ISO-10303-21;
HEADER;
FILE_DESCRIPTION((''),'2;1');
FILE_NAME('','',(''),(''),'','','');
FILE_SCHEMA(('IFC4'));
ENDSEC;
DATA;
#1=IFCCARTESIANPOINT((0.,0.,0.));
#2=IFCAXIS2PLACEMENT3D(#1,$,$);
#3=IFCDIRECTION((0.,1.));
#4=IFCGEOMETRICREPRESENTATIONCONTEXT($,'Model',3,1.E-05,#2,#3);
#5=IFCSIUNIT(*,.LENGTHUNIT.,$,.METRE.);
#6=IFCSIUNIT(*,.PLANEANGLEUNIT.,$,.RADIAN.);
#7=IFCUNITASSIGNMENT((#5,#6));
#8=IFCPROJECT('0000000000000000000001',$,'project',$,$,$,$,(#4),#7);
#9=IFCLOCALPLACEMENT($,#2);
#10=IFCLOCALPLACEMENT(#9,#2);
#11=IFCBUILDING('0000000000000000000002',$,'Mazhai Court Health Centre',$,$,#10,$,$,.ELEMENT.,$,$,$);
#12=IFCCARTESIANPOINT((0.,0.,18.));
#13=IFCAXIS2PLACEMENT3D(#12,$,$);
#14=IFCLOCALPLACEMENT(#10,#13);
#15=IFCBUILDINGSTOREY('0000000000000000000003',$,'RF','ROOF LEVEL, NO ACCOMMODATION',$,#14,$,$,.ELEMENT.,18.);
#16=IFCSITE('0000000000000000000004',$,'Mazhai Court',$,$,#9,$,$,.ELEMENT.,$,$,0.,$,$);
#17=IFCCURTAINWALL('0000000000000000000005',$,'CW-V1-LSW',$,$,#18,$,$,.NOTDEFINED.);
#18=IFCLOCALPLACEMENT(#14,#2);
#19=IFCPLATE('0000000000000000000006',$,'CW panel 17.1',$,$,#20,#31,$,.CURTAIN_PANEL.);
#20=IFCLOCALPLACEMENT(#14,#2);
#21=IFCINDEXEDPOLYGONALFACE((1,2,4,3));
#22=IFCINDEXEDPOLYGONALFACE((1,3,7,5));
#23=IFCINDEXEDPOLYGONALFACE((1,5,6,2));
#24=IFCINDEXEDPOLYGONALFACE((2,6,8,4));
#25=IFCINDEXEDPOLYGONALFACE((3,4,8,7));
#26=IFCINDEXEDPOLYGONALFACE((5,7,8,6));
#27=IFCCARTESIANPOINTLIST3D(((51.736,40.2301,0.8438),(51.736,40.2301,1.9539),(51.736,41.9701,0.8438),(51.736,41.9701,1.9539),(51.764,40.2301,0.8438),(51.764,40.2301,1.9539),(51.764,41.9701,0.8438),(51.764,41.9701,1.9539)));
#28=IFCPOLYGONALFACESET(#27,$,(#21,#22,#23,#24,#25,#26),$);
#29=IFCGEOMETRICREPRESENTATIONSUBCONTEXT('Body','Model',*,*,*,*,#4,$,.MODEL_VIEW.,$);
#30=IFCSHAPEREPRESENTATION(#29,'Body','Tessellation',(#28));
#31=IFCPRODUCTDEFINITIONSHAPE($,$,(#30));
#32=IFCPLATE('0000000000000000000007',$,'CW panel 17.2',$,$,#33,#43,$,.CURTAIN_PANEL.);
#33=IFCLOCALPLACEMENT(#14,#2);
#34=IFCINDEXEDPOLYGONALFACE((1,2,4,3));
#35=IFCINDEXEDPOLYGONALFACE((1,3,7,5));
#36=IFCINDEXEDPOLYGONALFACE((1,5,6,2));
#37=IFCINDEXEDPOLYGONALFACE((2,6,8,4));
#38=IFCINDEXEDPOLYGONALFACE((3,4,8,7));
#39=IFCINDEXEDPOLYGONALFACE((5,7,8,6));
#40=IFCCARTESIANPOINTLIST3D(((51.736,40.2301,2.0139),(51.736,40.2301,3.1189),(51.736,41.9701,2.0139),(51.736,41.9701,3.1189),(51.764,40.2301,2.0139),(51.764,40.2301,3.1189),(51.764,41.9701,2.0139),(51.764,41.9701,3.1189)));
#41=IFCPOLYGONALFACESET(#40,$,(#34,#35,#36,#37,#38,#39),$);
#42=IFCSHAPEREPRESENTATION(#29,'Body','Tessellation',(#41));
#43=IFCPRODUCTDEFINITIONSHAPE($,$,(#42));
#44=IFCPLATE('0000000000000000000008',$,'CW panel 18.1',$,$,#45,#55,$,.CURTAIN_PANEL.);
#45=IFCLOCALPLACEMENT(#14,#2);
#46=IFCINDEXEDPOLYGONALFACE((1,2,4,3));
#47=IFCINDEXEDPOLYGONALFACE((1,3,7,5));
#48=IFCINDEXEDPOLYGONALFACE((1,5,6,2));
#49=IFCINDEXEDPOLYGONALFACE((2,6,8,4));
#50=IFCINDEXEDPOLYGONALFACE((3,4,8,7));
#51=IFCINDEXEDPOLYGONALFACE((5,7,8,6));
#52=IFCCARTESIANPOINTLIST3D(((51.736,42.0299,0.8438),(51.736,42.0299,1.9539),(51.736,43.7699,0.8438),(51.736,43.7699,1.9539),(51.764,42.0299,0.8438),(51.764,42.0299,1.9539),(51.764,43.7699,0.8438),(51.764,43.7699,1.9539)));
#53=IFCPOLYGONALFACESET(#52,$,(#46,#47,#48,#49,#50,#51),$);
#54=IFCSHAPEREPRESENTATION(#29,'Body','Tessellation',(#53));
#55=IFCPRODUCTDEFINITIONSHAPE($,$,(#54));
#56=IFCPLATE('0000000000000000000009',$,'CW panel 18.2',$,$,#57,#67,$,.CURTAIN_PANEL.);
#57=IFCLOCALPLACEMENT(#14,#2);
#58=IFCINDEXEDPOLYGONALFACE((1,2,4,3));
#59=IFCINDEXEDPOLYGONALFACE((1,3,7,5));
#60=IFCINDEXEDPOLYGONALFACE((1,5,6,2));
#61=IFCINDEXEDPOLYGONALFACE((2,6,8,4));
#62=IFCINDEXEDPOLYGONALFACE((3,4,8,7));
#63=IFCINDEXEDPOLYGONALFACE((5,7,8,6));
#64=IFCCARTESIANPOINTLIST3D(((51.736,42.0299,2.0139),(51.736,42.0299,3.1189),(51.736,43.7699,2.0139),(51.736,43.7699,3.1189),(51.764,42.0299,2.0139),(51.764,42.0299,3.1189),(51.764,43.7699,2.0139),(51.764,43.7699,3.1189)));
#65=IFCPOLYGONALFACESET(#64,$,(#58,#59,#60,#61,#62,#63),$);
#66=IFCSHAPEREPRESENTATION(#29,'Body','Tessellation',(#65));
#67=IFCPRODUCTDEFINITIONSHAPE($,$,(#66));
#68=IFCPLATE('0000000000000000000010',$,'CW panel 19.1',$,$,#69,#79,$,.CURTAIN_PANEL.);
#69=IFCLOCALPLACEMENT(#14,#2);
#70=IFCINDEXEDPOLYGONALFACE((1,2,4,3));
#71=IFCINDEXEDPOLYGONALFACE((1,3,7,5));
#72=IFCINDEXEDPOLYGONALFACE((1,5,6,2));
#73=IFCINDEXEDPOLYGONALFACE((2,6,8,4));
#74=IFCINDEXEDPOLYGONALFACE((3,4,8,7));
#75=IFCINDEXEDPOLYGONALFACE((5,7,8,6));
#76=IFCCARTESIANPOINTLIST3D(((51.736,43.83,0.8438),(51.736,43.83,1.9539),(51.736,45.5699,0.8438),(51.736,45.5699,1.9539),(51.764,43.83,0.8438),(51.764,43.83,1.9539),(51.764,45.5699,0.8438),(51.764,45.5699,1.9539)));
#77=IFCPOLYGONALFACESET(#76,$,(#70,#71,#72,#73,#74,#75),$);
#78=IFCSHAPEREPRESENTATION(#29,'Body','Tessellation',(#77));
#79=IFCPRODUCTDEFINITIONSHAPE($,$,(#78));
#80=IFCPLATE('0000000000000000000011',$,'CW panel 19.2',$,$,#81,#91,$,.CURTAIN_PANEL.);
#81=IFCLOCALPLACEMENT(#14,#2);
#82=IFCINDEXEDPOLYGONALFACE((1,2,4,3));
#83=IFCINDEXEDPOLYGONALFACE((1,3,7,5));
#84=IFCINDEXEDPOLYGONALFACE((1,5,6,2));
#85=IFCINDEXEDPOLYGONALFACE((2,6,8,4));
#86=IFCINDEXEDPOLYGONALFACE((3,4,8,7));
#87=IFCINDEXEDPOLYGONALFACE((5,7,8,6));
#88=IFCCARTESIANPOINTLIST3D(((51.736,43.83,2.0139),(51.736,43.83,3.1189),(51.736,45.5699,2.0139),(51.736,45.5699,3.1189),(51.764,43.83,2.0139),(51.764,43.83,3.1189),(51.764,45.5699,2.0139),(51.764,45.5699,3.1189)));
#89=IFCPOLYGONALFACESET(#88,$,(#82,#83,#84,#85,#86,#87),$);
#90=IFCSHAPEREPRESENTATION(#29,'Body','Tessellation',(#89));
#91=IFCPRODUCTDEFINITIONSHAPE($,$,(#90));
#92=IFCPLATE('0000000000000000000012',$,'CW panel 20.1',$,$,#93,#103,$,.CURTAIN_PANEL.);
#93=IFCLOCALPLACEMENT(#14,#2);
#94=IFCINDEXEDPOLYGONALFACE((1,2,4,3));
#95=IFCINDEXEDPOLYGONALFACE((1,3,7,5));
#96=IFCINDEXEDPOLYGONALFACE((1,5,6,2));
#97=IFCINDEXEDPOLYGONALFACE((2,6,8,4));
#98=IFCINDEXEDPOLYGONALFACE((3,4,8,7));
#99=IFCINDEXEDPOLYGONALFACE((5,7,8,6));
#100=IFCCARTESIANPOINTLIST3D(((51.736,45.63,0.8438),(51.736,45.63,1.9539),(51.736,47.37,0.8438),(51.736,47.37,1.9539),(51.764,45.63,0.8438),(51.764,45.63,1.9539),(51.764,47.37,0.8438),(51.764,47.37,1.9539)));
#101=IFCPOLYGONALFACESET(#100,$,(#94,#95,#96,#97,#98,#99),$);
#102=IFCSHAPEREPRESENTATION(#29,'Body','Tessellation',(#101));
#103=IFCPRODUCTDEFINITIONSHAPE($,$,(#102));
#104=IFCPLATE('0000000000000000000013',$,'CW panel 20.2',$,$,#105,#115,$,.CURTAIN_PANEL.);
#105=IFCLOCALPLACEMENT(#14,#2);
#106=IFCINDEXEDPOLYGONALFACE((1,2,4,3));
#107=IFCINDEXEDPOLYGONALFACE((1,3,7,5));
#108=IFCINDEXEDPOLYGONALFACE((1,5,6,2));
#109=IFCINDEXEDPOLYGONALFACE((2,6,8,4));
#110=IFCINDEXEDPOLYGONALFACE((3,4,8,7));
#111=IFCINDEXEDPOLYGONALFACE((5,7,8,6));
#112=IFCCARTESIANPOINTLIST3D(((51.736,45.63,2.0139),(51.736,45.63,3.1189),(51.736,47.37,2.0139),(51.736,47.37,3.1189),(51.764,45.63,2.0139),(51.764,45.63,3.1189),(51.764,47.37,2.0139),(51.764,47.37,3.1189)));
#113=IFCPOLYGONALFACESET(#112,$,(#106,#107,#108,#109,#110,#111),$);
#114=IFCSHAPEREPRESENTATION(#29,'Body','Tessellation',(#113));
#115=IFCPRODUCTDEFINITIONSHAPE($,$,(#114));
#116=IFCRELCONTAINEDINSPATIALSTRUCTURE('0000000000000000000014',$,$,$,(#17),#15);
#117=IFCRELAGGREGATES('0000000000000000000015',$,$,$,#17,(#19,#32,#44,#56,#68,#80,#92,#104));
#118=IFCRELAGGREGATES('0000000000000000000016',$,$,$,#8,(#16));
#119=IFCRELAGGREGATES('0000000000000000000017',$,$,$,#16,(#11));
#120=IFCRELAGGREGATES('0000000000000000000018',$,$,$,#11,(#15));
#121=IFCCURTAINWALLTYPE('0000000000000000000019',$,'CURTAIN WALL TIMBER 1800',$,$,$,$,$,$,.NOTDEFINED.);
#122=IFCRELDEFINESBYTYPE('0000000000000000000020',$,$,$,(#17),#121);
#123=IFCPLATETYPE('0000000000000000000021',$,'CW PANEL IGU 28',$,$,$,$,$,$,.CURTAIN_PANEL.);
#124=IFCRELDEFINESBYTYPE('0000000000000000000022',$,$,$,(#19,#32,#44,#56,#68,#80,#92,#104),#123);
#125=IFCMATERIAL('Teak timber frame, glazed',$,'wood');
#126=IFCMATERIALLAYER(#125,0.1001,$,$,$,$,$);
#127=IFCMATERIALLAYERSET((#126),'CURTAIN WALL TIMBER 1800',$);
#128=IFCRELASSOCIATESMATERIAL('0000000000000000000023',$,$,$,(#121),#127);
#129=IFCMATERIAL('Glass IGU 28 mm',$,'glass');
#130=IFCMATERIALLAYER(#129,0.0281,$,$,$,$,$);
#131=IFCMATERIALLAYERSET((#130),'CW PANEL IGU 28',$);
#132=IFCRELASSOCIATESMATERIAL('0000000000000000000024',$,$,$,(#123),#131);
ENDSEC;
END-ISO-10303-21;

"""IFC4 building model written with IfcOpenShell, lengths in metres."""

from ifc_helpers import new_model, si_unit, direction, frame, origin, origin_2d, place, context, subcontext, project, spatial, rectangle, extrude, material, layer, layer_set, type_object, element, aggregate, save


model = new_model("IFC4")

# Units and contexts
model_context = context("Model", 3, precision=1e-05, world=origin(), true_north=direction((0.0, 1.0)))
body_context = subcontext(model_context, "Body", "Model", "MODEL_VIEW")
ifc_project = project(units=[si_unit("LENGTHUNIT", "METRE"), si_unit("PLANEANGLEUNIT", "RADIAN")], contexts=[model_context])

# Site, building, storey
site_placement = place(None, origin())
site = spatial("IfcSite", under=ifc_project, at=site_placement, Name="Mazhai Court", CompositionType="ELEMENT", RefElevation=0.0)
building_placement = place(site_placement, origin())
building = spatial("IfcBuilding", under=site, at=building_placement, Name="Mazhai Court Health Centre", CompositionType="ELEMENT")
storey_placement = place(building_placement, frame((0.0, 0.0, 18.0)))
storey = spatial("IfcBuildingStorey", under=building, at=storey_placement, Name="RF", Description="ROOF LEVEL, NO ACCOMMODATION", CompositionType="ELEMENT", Elevation=18.0)

# Curtain wall, plates
ifc_material_1 = material(Name="Teak timber frame, glazed", Category="wood")
ifc_layer_1 = layer(ifc_material_1, 0.1001)
ifc_layer_set_1 = layer_set([ifc_layer_1], Name="CURTAIN WALL TIMBER 1800")
curtain_wall_type = type_object("IfcCurtainWallType", Name="CURTAIN WALL TIMBER 1800", PredefinedType="NOTDEFINED", material=ifc_layer_set_1)
curtain_wall_placement = place(storey_placement, origin())
curtain_wall = element("IfcCurtainWall", 1, at=curtain_wall_placement, inside=storey, type_object=curtain_wall_type, Name="CW-V1-LSW", PredefinedType="NOTDEFINED")
ifc_material_2 = material(Name="Glass IGU 28 mm", Category="glass")
ifc_layer_2 = layer(ifc_material_2, 0.0281)
ifc_layer_set_2 = layer_set([ifc_layer_2], Name="CW PANEL IGU 28")
plate_type = type_object("IfcPlateType", Name="CW PANEL IGU 28", PredefinedType="CURTAIN_PANEL", material=ifc_layer_set_2)
plate_1_placement = place(storey_placement, frame((51.75, 41.1001, 0.8438), z_axis=(0.0, 0.0, 1.0), x_axis=(0.0, 1.0, 0.0)))
plate_1 = element("IfcPlate", 2, at=plate_1_placement, type_object=plate_type, Name="CW panel 17.1", PredefinedType="CURTAIN_PANEL", context=body_context, shape_type="SweptSolid", body=[
    extrude(rectangle(XDim=1.74, YDim=0.0281, at=origin_2d()), origin(), (0.0, 0.0, 1.0), 1.1101),
])
plate_2_placement = place(storey_placement, frame((51.75, 41.1001, 2.0139), z_axis=(0.0, 0.0, 1.0), x_axis=(0.0, 1.0, 0.0)))
plate_2 = element("IfcPlate", 3, at=plate_2_placement, type_object=plate_type, Name="CW panel 17.2", PredefinedType="CURTAIN_PANEL", context=body_context, shape_type="SweptSolid", body=[
    extrude(rectangle(XDim=1.74, YDim=0.0281, at=origin_2d()), origin(), (0.0, 0.0, 1.0), 1.105),
])
plate_3_placement = place(storey_placement, frame((51.75, 42.8999, 0.8438), z_axis=(0.0, 0.0, 1.0), x_axis=(0.0, 1.0, 0.0)))
plate_3 = element("IfcPlate", 4, at=plate_3_placement, type_object=plate_type, Name="CW panel 18.1", PredefinedType="CURTAIN_PANEL", context=body_context, shape_type="SweptSolid", body=[
    extrude(rectangle(XDim=1.74, YDim=0.0281, at=origin_2d()), origin(), (0.0, 0.0, 1.0), 1.1101),
])
plate_4_placement = place(storey_placement, frame((51.75, 42.8999, 2.0139), z_axis=(0.0, 0.0, 1.0), x_axis=(0.0, 1.0, 0.0)))
plate_4 = element("IfcPlate", 5, at=plate_4_placement, type_object=plate_type, Name="CW panel 18.2", PredefinedType="CURTAIN_PANEL", context=body_context, shape_type="SweptSolid", body=[
    extrude(rectangle(XDim=1.74, YDim=0.0281, at=origin_2d()), origin(), (0.0, 0.0, 1.0), 1.105),
])
plate_5_placement = place(storey_placement, frame((51.75, 44.7, 0.8438), z_axis=(0.0, 0.0, 1.0), x_axis=(0.0, 1.0, 0.0)))
plate_5 = element("IfcPlate", 6, at=plate_5_placement, type_object=plate_type, Name="CW panel 19.1", PredefinedType="CURTAIN_PANEL", context=body_context, shape_type="SweptSolid", body=[
    extrude(rectangle(XDim=1.74, YDim=0.0281, at=origin_2d()), origin(), (0.0, 0.0, 1.0), 1.1101),
])
plate_6_placement = place(storey_placement, frame((51.75, 44.7, 2.0139), z_axis=(0.0, 0.0, 1.0), x_axis=(0.0, 1.0, 0.0)))
plate_6 = element("IfcPlate", 7, at=plate_6_placement, type_object=plate_type, Name="CW panel 19.2", PredefinedType="CURTAIN_PANEL", context=body_context, shape_type="SweptSolid", body=[
    extrude(rectangle(XDim=1.74, YDim=0.0281, at=origin_2d()), origin(), (0.0, 0.0, 1.0), 1.105),
])
plate_7_placement = place(storey_placement, frame((51.75, 46.5, 0.8438), z_axis=(0.0, 0.0, 1.0), x_axis=(0.0, 1.0, 0.0)))
plate_7 = element("IfcPlate", 8, at=plate_7_placement, type_object=plate_type, Name="CW panel 20.1", PredefinedType="CURTAIN_PANEL", context=body_context, shape_type="SweptSolid", body=[
    extrude(rectangle(XDim=1.74, YDim=0.0281, at=origin_2d()), origin(), (0.0, 0.0, 1.0), 1.1101),
])
plate_8_placement = place(storey_placement, frame((51.75, 46.5, 2.0139), z_axis=(0.0, 0.0, 1.0), x_axis=(0.0, 1.0, 0.0)))
plate_8 = element("IfcPlate", 9, at=plate_8_placement, type_object=plate_type, Name="CW panel 20.2", PredefinedType="CURTAIN_PANEL", context=body_context, shape_type="SweptSolid", body=[
    extrude(rectangle(XDim=1.74, YDim=0.0281, at=origin_2d()), origin(), (0.0, 0.0, 1.0), 1.105),
])
aggregate(curtain_wall, [plate_1, plate_2, plate_3, plate_4, plate_5, plate_6, plate_7, plate_8])

save(model, "model.ifc")
